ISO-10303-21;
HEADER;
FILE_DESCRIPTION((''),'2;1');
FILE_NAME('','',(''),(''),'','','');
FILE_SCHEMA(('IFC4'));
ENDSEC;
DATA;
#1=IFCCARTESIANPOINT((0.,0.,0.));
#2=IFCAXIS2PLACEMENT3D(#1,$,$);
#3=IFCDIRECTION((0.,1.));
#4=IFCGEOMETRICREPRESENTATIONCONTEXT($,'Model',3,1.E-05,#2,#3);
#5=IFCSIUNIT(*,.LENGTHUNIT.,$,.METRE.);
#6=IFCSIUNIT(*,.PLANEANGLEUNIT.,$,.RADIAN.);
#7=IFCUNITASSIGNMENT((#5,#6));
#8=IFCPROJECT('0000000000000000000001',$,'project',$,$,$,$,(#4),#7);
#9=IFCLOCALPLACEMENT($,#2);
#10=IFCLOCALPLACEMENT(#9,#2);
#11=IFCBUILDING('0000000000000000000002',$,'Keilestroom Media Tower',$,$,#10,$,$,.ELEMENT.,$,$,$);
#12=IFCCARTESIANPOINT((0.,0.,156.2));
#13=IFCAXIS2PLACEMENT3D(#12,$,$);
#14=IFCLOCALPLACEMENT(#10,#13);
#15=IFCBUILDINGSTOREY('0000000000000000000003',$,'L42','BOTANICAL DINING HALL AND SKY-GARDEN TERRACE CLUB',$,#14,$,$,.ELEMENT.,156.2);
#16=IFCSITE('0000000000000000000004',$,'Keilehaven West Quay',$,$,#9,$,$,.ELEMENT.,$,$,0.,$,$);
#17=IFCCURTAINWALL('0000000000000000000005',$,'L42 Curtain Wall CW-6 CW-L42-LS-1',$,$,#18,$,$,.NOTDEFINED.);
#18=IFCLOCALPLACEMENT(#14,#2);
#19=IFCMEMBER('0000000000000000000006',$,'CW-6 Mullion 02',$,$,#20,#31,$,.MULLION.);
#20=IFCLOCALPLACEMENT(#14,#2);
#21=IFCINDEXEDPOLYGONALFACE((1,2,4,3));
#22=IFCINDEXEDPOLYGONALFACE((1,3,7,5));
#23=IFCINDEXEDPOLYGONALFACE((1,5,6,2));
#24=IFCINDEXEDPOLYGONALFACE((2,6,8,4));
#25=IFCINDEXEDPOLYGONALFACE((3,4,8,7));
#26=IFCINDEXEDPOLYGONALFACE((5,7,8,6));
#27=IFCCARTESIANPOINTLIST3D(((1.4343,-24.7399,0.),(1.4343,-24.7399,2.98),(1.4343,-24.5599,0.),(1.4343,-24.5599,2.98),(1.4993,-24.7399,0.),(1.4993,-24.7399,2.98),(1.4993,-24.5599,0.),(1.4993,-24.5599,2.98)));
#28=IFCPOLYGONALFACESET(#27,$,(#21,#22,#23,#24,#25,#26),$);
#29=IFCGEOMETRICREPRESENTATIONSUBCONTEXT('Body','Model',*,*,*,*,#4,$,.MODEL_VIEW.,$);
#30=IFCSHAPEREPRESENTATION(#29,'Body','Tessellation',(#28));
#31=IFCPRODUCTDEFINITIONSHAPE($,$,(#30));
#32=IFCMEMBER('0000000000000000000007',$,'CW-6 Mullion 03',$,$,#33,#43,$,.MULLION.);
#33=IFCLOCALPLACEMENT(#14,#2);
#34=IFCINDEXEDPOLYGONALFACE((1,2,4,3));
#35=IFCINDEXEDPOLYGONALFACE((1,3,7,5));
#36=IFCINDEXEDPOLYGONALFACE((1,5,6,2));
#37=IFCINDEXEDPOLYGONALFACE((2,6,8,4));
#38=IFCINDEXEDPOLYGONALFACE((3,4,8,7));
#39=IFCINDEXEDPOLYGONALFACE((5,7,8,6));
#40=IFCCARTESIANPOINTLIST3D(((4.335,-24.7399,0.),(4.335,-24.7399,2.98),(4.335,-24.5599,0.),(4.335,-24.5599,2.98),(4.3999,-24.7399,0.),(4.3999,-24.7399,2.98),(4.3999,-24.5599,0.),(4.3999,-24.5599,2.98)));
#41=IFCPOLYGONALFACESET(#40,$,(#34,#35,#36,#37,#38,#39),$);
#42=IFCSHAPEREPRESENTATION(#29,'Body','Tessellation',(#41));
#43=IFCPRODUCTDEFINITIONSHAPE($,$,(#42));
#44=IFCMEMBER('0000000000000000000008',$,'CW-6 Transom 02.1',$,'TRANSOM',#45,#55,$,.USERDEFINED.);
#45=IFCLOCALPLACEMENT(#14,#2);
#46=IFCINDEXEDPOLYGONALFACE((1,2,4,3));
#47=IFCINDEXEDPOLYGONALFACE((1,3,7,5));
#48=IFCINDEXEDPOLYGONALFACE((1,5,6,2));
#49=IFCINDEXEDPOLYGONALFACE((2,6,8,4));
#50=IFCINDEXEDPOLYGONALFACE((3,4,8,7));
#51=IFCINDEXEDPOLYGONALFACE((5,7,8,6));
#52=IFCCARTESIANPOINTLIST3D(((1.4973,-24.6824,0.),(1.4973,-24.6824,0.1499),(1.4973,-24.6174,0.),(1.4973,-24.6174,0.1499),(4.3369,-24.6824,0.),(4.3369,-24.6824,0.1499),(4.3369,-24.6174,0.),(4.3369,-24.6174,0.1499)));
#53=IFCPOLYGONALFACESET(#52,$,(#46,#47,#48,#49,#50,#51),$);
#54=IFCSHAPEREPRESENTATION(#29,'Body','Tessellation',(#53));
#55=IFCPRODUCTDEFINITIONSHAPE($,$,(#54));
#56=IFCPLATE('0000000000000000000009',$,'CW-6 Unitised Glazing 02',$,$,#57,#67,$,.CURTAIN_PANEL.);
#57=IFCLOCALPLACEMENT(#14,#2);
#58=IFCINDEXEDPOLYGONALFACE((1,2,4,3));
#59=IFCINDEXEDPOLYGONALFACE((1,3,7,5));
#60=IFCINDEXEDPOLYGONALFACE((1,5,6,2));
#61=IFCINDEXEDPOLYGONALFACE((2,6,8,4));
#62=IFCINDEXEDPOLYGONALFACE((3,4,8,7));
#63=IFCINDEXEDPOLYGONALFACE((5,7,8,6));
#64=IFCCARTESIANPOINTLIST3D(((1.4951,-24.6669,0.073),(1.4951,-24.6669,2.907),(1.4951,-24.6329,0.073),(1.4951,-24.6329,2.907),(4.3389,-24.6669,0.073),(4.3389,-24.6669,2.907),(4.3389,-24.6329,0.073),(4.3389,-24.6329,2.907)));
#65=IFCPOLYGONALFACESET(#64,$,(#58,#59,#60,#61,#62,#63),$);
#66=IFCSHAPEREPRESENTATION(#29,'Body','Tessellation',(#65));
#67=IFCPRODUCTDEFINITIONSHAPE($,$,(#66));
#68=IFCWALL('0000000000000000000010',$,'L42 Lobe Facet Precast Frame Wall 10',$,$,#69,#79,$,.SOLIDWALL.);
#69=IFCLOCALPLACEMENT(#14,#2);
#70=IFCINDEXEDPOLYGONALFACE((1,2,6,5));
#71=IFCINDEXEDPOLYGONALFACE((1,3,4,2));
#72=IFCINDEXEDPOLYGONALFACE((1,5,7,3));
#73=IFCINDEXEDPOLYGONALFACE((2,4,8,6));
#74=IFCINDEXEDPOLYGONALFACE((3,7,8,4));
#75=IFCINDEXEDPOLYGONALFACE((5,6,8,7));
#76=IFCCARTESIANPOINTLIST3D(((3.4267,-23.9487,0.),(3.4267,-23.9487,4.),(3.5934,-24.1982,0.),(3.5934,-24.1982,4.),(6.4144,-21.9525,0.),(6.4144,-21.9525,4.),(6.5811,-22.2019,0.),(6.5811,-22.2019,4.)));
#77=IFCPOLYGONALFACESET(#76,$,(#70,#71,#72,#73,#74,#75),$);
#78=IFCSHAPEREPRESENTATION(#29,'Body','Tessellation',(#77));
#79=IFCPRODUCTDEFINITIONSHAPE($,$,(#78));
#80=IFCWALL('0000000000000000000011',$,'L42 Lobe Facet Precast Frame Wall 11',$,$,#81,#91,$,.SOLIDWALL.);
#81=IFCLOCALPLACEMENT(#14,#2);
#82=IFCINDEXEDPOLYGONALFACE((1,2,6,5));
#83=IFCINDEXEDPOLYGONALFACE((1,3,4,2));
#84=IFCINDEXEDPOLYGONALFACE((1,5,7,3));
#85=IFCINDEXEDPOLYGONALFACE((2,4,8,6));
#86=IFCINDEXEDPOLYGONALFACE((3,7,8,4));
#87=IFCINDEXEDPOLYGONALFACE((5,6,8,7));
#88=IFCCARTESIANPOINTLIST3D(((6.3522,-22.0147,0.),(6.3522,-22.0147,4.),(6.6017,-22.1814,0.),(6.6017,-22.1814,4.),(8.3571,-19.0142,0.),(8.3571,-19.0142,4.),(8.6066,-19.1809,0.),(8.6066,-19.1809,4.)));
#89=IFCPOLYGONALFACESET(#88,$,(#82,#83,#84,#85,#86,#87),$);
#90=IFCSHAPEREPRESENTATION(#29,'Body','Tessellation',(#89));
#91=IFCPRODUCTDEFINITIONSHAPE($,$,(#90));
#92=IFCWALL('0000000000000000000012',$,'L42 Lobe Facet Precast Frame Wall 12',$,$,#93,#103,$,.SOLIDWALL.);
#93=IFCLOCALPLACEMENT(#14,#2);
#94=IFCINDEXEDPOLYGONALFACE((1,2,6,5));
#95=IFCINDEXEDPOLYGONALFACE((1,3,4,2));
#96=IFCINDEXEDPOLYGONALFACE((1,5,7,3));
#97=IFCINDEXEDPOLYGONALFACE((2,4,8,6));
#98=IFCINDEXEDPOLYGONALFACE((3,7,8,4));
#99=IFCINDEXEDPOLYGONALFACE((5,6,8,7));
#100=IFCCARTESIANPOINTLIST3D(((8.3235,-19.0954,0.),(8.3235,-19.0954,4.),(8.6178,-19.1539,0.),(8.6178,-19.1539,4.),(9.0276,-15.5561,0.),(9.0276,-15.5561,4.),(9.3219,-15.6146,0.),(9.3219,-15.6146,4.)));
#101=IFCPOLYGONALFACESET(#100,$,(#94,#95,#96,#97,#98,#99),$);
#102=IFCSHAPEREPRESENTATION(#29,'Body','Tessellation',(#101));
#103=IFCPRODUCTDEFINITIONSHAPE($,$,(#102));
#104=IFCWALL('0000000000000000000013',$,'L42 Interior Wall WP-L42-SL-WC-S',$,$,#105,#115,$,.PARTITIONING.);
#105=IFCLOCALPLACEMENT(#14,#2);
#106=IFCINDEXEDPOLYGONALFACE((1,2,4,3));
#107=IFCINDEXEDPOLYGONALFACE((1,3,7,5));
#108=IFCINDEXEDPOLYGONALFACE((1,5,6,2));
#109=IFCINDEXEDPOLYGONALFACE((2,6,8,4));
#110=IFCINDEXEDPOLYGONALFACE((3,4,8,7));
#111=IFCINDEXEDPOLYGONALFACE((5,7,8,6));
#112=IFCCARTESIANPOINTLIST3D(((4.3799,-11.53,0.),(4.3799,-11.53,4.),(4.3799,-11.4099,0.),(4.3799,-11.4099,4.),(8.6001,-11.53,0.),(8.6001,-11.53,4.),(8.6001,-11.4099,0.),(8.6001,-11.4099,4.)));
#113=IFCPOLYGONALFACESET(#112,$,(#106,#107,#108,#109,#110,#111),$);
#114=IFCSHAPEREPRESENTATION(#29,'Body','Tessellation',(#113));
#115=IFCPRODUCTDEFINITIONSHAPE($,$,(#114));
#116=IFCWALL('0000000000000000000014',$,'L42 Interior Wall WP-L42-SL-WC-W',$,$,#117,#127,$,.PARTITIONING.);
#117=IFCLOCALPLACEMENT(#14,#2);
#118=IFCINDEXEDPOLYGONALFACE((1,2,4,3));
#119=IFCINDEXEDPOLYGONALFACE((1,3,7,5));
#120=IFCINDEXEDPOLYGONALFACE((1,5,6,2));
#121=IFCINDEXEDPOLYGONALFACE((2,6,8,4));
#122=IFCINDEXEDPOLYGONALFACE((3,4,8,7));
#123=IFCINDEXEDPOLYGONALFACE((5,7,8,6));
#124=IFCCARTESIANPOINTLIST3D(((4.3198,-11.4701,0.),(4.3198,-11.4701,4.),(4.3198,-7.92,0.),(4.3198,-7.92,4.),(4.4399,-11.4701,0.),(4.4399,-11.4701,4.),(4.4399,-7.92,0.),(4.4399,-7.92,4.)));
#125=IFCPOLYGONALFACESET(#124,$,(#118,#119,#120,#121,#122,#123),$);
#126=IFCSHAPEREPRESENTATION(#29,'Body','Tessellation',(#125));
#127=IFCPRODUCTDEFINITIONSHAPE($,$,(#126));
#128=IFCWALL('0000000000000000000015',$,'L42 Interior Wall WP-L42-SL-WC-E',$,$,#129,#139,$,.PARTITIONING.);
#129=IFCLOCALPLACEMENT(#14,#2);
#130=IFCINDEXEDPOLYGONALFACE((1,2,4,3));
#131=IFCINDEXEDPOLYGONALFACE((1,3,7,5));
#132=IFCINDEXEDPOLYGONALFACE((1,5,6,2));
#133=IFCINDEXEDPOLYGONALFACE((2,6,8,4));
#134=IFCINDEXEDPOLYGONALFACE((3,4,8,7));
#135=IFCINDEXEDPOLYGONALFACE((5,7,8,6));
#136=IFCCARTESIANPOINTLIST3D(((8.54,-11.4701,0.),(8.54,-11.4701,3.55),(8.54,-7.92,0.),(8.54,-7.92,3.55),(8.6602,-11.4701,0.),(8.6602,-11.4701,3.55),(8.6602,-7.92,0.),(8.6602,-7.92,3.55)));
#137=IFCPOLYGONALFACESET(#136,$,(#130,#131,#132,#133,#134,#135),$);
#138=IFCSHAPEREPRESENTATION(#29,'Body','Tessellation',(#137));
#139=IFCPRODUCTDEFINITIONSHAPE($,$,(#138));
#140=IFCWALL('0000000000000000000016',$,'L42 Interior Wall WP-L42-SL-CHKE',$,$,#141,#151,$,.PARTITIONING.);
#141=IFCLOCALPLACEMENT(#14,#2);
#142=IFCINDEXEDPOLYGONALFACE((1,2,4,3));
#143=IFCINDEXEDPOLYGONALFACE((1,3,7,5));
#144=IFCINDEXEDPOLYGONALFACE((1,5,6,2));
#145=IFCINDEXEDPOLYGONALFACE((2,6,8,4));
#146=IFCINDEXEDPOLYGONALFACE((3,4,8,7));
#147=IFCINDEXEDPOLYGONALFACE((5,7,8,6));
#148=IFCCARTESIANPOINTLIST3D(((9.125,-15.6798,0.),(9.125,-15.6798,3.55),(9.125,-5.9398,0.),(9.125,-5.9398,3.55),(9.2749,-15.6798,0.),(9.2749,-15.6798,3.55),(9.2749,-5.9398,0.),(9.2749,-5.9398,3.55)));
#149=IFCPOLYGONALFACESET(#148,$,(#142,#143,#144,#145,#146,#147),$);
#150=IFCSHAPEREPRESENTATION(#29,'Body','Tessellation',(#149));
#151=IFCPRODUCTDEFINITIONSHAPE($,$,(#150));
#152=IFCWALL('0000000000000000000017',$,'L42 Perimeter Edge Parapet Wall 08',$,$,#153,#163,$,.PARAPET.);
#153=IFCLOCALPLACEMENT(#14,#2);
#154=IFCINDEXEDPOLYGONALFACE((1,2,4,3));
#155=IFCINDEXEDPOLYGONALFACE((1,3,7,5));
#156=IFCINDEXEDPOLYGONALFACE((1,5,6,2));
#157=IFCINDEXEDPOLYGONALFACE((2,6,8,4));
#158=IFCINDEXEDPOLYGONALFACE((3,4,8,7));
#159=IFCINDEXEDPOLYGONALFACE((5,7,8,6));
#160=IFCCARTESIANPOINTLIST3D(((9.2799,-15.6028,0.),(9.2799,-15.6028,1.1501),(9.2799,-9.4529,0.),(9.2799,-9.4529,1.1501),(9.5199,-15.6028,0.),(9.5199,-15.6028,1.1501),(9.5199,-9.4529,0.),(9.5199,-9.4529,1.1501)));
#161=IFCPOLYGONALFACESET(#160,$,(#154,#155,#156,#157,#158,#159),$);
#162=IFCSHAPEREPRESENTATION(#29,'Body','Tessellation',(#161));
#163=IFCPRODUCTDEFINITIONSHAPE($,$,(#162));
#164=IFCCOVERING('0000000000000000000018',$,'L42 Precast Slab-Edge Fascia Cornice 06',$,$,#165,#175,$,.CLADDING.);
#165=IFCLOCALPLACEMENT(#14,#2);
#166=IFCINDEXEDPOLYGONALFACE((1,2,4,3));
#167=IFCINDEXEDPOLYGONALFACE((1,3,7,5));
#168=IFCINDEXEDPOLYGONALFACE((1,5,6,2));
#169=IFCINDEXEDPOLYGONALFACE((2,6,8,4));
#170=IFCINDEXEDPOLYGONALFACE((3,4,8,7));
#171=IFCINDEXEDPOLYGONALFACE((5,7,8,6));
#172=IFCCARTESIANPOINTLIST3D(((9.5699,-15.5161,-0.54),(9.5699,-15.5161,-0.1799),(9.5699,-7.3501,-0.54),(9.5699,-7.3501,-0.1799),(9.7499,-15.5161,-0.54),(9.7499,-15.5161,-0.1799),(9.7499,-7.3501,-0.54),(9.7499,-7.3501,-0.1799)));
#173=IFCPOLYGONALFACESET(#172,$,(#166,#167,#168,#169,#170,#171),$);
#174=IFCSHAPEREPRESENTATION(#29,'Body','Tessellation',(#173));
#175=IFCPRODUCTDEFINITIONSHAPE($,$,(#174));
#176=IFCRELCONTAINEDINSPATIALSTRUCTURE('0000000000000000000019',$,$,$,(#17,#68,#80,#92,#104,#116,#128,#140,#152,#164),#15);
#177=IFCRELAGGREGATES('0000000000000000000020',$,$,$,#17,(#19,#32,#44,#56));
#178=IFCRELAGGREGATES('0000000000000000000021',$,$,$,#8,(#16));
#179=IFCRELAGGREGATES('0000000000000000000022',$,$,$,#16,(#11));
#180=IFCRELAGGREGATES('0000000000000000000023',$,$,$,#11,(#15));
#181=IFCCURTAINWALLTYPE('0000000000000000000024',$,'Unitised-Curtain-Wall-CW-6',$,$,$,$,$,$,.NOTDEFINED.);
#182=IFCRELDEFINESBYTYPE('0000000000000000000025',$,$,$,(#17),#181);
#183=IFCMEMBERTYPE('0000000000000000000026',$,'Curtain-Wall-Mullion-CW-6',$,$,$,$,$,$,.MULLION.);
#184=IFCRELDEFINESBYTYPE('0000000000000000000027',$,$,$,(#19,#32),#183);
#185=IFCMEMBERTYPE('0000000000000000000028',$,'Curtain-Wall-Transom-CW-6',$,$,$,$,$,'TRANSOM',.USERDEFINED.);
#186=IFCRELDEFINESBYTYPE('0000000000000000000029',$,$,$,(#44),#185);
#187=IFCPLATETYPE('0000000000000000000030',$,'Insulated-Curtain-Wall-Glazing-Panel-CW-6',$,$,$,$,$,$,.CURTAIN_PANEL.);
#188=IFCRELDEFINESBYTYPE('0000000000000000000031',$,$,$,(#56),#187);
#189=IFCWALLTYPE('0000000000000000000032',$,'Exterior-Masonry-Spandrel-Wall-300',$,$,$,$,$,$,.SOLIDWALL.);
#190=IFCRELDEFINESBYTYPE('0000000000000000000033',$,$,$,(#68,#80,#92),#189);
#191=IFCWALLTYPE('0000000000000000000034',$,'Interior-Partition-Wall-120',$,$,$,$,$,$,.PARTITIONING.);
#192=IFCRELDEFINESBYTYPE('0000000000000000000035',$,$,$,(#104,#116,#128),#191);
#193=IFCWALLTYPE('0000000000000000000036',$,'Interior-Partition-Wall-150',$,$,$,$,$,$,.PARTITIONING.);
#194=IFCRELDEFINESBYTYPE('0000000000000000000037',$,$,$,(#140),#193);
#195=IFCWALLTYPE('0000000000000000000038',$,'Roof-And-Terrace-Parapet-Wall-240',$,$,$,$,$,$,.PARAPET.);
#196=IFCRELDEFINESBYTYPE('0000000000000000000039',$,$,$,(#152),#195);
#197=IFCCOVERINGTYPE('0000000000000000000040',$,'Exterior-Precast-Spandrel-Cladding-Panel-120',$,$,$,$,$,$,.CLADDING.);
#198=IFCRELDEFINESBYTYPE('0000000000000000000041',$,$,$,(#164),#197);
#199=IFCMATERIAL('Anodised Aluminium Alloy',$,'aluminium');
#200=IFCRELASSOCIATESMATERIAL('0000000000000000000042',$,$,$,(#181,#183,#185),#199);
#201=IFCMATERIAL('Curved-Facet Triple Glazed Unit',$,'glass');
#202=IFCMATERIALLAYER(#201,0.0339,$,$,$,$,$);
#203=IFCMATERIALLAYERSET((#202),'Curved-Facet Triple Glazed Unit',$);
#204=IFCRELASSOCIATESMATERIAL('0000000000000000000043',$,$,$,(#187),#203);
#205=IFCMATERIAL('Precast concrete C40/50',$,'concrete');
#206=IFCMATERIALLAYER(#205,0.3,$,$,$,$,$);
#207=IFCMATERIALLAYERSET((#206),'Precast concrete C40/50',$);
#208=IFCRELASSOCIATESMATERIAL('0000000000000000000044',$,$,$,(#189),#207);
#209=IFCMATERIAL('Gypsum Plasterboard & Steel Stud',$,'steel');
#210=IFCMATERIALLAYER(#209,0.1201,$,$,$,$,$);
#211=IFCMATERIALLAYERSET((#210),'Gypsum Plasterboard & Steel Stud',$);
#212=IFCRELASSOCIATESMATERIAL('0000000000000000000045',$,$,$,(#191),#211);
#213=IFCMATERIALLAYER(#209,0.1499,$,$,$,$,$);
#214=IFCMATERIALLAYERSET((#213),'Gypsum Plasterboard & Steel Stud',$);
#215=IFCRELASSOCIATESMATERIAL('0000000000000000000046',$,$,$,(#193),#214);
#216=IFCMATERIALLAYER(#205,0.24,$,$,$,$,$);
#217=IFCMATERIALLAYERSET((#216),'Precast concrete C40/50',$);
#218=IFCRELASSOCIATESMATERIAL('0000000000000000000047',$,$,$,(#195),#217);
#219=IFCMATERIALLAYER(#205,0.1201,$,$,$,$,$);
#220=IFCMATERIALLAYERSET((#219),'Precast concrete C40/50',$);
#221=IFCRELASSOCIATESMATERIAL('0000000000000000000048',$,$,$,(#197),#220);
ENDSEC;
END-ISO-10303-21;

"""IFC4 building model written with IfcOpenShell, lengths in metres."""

from ifc_helpers import new_model, si_unit, direction, frame, frame_2d, origin, origin_2d, place, context, subcontext, project, spatial, rectangle, extrude, source, transform, mapped, material, layer, layer_set, material_profile, profile_set, type_object, element, aggregate, save


model = new_model("IFC4")

# Units and contexts
model_context = context("Model", 3, precision=1e-05, world=origin(), true_north=direction((0.0, 1.0)))
body_context = subcontext(model_context, "Body", "Model", "MODEL_VIEW")
ifc_project = project(units=[si_unit("LENGTHUNIT", "METRE"), si_unit("PLANEANGLEUNIT", "RADIAN")], contexts=[model_context])

# Site, building, storey
site_placement = place(None, origin())
site = spatial("IfcSite", under=ifc_project, at=site_placement, Name="Keilehaven West Quay", CompositionType="ELEMENT", RefElevation=0.0)
building_placement = place(site_placement, origin())
building = spatial("IfcBuilding", under=site, at=building_placement, Name="Keilestroom Media Tower", CompositionType="ELEMENT")
storey_placement = place(building_placement, frame((0.0, 0.0, 156.2)))
storey = spatial("IfcBuildingStorey", under=building, at=storey_placement, Name="L42", Description="BOTANICAL DINING HALL AND SKY-GARDEN TERRACE CLUB", CompositionType="ELEMENT", Elevation=156.2)

# Shared definitions
ifc_material_1 = material(Name="Precast concrete C40/50", Category="concrete")

# Curtain wall, members, plate
ifc_material_2 = material(Name="Anodised Aluminium Alloy", Category="aluminium")
curtain_wall_type = type_object("IfcCurtainWallType", Name="Unitised-Curtain-Wall-CW-6", PredefinedType="NOTDEFINED", material=ifc_material_2)
curtain_wall_placement = place(storey_placement, origin())
curtain_wall = element("IfcCurtainWall", 1, at=curtain_wall_placement, inside=storey, type_object=curtain_wall_type, Name="L42 Curtain Wall CW-6 CW-L42-LS-1", PredefinedType="NOTDEFINED")
ifc_material_profile_1 = material_profile(ifc_material_2, rectangle(XDim=0.0649, YDim=0.1799, at=origin_2d()), Name="ALU MULLION 65x180")
ifc_profile_set_1 = profile_set([ifc_material_profile_1], Name="Anodised Aluminium Alloy")
member_type_1 = type_object("IfcMemberType", Name="Curtain-Wall-Mullion-CW-6", PredefinedType="MULLION", material=ifc_profile_set_1)
shared_shape_1 = source(origin(), body_context, "Body", "SweptSolid", [
    extrude(rectangle(XDim=0.0649, YDim=0.1799, at=origin_2d()), origin(), (0.0, 0.0, 1.0), 2.98),
])
member_1_placement = place(storey_placement, frame((1.4668, -24.6499, 0.0), z_axis=(0.0, 0.0, 1.0), x_axis=(1.0, 0.0, 0.0)))
member_1 = element("IfcMember", 2, at=member_1_placement, type_object=member_type_1, Name="CW-6 Mullion 02", PredefinedType="MULLION", context=body_context, shape_type="MappedRepresentation", body=[
    mapped(shared_shape_1, transform((0.0, 0.0, 0.0), x_axis=(1.0, 0.0, 0.0), y_axis=(0.0, 1.0, 0.0), z_axis=(0.0, 0.0, 1.0), scale=1.0)),
])
member_2_placement = place(storey_placement, frame((4.3674, -24.6499, 0.0), z_axis=(0.0, 0.0, 1.0), x_axis=(1.0, 0.0, 0.0)))
member_2 = element("IfcMember", 3, at=member_2_placement, type_object=member_type_1, Name="CW-6 Mullion 03", PredefinedType="MULLION", context=body_context, shape_type="MappedRepresentation", body=[
    mapped(shared_shape_1, transform((0.0, 0.0, 0.0), x_axis=(1.0, 0.0, 0.0), y_axis=(0.0, 1.0, 0.0), z_axis=(0.0, 0.0, 1.0), scale=1.0)),
])
ifc_material_profile_2 = material_profile(ifc_material_2, rectangle(XDim=0.0649, YDim=0.1499, at=origin_2d()), Name="ALU TRANSOM 65x150")
ifc_profile_set_2 = profile_set([ifc_material_profile_2], Name="Anodised Aluminium Alloy")
member_type_2 = type_object("IfcMemberType", Name="Curtain-Wall-Transom-CW-6", ElementType="TRANSOM", PredefinedType="USERDEFINED", material=ifc_profile_set_2)
shared_shape_2 = source(origin(), body_context, "Body", "SweptSolid", [
    extrude(rectangle(XDim=0.0649, YDim=0.1499, at=origin_2d()), origin(), (0.0, 0.0, 1.0), 2.8396),
])
member_3_placement = place(storey_placement, frame((1.4973, -24.6499, 0.075), z_axis=(1.0, 0.0, 0.0), x_axis=(0.0, 1.0, 0.0)))
member_3 = element("IfcMember", 4, at=member_3_placement, type_object=member_type_2, Name="CW-6 Transom 02.1", ObjectType="TRANSOM", PredefinedType="USERDEFINED", context=body_context, shape_type="MappedRepresentation", body=[
    mapped(shared_shape_2, transform((0.0, 0.0, 0.0), x_axis=(1.0, 0.0, 0.0), y_axis=(0.0, 1.0, 0.0), z_axis=(0.0, 0.0, 1.0), scale=1.0)),
])
ifc_material_3 = material(Name="Curved-Facet Triple Glazed Unit", Category="glass")
ifc_layer_1 = layer(ifc_material_3, 0.0339)
ifc_layer_set_1 = layer_set([ifc_layer_1], Name="Curved-Facet Triple Glazed Unit")
plate_type = type_object("IfcPlateType", Name="Insulated-Curtain-Wall-Glazing-Panel-CW-6", PredefinedType="CURTAIN_PANEL", material=ifc_layer_set_1)
shared_shape_3 = source(origin(), body_context, "Body", "SweptSolid", [
    extrude(rectangle(XDim=2.8438, YDim=0.0339, at=origin_2d()), origin(), (0.0, 0.0, 1.0), 2.834),
])
plate_placement = place(storey_placement, frame((2.917, -24.6499, 0.073), z_axis=(0.0, 0.0, 1.0), x_axis=(1.0, 0.0, 0.0)))
plate = element("IfcPlate", 5, at=plate_placement, type_object=plate_type, Name="CW-6 Unitised Glazing 02", PredefinedType="CURTAIN_PANEL", context=body_context, shape_type="MappedRepresentation", body=[
    mapped(shared_shape_3, transform((0.0, 0.0, 0.0), x_axis=(1.0, 0.0, 0.0), y_axis=(0.0, 1.0, 0.0), z_axis=(0.0, 0.0, 1.0), scale=1.0)),
])
aggregate(curtain_wall, [member_1, member_2, member_3, plate])

# Walls
ifc_layer_2 = layer(ifc_material_1, 0.3)
ifc_layer_set_2 = layer_set([ifc_layer_2], Name="Precast concrete C40/50")
wall_type_1 = type_object("IfcWallType", Name="Exterior-Masonry-Spandrel-Wall-300", PredefinedType="SOLIDWALL", material=ifc_layer_set_2)
wall_1_placement = place(storey_placement, frame((3.51, -24.0735, 0.0), z_axis=(0.0, 0.0, 1.0), x_axis=(0.831475, 0.555562, 0.0)))
element("IfcWall", 6, at=wall_1_placement, inside=storey, type_object=wall_type_1, Name="L42 Lobe Facet Precast Frame Wall 10", PredefinedType="SOLIDWALL", context=body_context, shape_type="SweptSolid", body=[
    extrude(rectangle(XDim=3.5933, YDim=0.3, at=frame_2d((1.7966, 0.0))), origin(), (0.0, 0.0, 1.0), 4.0),
])
for number, where, z_axis, x_axis, name in (
    (7, (6.4771, -22.0979, 0.0), (0.0, 0.0, 1.0), (0.555574, 0.831467, 0.0), "L42 Lobe Facet Precast Frame Wall 11"),
    (8, (8.4707, -19.1245, 0.0), (0.0, 0.0, 1.0), (0.195114, 0.980781, 0.0), "L42 Lobe Facet Precast Frame Wall 12"),
):
    element("IfcWall", number, at=place(storey_placement, frame(where, z_axis=z_axis, x_axis=x_axis)), inside=storey, type_object=wall_type_1, Name=name, PredefinedType="SOLIDWALL", context=body_context, shape_type="SweptSolid", body=[
        extrude(rectangle(XDim=3.6086, YDim=0.3, at=frame_2d((1.8042, 0.0))), origin(), (0.0, 0.0, 1.0), 4.0),
    ])
ifc_material_4 = material(Name="Gypsum Plasterboard & Steel Stud", Category="steel")
ifc_layer_3 = layer(ifc_material_4, 0.1201)
ifc_layer_set_3 = layer_set([ifc_layer_3], Name="Gypsum Plasterboard & Steel Stud")
wall_type_2 = type_object("IfcWallType", Name="Interior-Partition-Wall-120", PredefinedType="PARTITIONING", material=ifc_layer_set_3)
wall_2_placement = place(storey_placement, frame((4.3799, -11.47, 0.0), z_axis=(0.0, 0.0, 1.0), x_axis=(1.0, 0.0, 0.0)))
element("IfcWall", 9, at=wall_2_placement, inside=storey, type_object=wall_type_2, Name="L42 Interior Wall WP-L42-SL-WC-S", PredefinedType="PARTITIONING", context=body_context, shape_type="SweptSolid", body=[
    extrude(rectangle(XDim=4.2202, YDim=0.1201, at=frame_2d((2.1101, 0.0))), origin(), (0.0, 0.0, 1.0), 4.0),
])
wall_3_placement = place(storey_placement, frame((4.3799, -11.47, 0.0), z_axis=(0.0, 0.0, 1.0), x_axis=(0.0, 1.0, 0.0)))
element("IfcWall", 10, at=wall_3_placement, inside=storey, type_object=wall_type_2, Name="L42 Interior Wall WP-L42-SL-WC-W", PredefinedType="PARTITIONING", context=body_context, shape_type="SweptSolid", body=[
    extrude(rectangle(XDim=3.55, YDim=0.1201, at=frame_2d((1.7749, 0.0))), origin(), (0.0, 0.0, 1.0), 4.0),
])
wall_4_placement = place(storey_placement, frame((8.6001, -11.47, 0.0), z_axis=(0.0, 0.0, 1.0), x_axis=(0.0, 1.0, 0.0)))
element("IfcWall", 11, at=wall_4_placement, inside=storey, type_object=wall_type_2, Name="L42 Interior Wall WP-L42-SL-WC-E", PredefinedType="PARTITIONING", context=body_context, shape_type="SweptSolid", body=[
    extrude(rectangle(XDim=3.55, YDim=0.1201, at=frame_2d((1.7749, 0.0))), origin(), (0.0, 0.0, 1.0), 3.55),
])
ifc_layer_4 = layer(ifc_material_4, 0.1499)
ifc_layer_set_4 = layer_set([ifc_layer_4], Name="Gypsum Plasterboard & Steel Stud")
wall_type_3 = type_object("IfcWallType", Name="Interior-Partition-Wall-150", PredefinedType="PARTITIONING", material=ifc_layer_set_4)
wall_5_placement = place(storey_placement, frame((9.2, -15.6799, 0.0), z_axis=(0.0, 0.0, 1.0), x_axis=(0.0, 1.0, 0.0)))
element("IfcWall", 12, at=wall_5_placement, inside=storey, type_object=wall_type_3, Name="L42 Interior Wall WP-L42-SL-CHKE", PredefinedType="PARTITIONING", context=body_context, shape_type="SweptSolid", body=[
    extrude(rectangle(XDim=9.74, YDim=0.1499, at=frame_2d((4.8701, 0.0))), origin(), (0.0, 0.0, 1.0), 3.55),
])
ifc_layer_5 = layer(ifc_material_1, 0.24)
ifc_layer_set_5 = layer_set([ifc_layer_5], Name="Precast concrete C40/50")
wall_type_4 = type_object("IfcWallType", Name="Roof-And-Terrace-Parapet-Wall-240", PredefinedType="PARAPET", material=ifc_layer_set_5)
wall_6_placement = place(storey_placement, frame((9.3999, -9.4529, 0.0), z_axis=(0.0, 0.0, 1.0), x_axis=(0.0, -1.0, 0.0)))
element("IfcWall", 13, at=wall_6_placement, inside=storey, type_object=wall_type_4, Name="L42 Perimeter Edge Parapet Wall 08", PredefinedType="PARAPET", context=body_context, shape_type="SweptSolid", body=[
    extrude(rectangle(XDim=6.1499, YDim=0.24, at=frame_2d((3.075, 0.0))), origin(), (0.0, 0.0, 1.0), 1.1501),
])

# Covering
ifc_layer_6 = layer(ifc_material_1, 0.1201)
ifc_layer_set_6 = layer_set([ifc_layer_6], Name="Precast concrete C40/50")
covering_type = type_object("IfcCoveringType", Name="Exterior-Precast-Spandrel-Cladding-Panel-120", PredefinedType="CLADDING", material=ifc_layer_set_6)
shared_shape_4 = source(origin(), body_context, "Body", "SweptSolid", [
    extrude(rectangle(XDim=8.166, YDim=0.1799, at=origin_2d()), origin(), (0.0, 0.0, 1.0), 0.3601),
])
covering_1_placement = place(storey_placement, frame((9.6599, -11.4331, -0.54), z_axis=(0.0, 0.0, 1.0), x_axis=(0.0, -1.0, 0.0)))
element("IfcCovering", 14, at=covering_1_placement, inside=storey, type_object=covering_type, Name="L42 Precast Slab-Edge Fascia Cornice 06", PredefinedType="CLADDING", context=body_context, shape_type="MappedRepresentation", body=[
    mapped(shared_shape_4, transform((0.0, 0.0, 0.0), x_axis=(1.0, 0.0, 0.0), y_axis=(0.0, 1.0, 0.0), z_axis=(0.0, 0.0, 1.0), scale=1.0)),
])

save(model, "model.ifc")
